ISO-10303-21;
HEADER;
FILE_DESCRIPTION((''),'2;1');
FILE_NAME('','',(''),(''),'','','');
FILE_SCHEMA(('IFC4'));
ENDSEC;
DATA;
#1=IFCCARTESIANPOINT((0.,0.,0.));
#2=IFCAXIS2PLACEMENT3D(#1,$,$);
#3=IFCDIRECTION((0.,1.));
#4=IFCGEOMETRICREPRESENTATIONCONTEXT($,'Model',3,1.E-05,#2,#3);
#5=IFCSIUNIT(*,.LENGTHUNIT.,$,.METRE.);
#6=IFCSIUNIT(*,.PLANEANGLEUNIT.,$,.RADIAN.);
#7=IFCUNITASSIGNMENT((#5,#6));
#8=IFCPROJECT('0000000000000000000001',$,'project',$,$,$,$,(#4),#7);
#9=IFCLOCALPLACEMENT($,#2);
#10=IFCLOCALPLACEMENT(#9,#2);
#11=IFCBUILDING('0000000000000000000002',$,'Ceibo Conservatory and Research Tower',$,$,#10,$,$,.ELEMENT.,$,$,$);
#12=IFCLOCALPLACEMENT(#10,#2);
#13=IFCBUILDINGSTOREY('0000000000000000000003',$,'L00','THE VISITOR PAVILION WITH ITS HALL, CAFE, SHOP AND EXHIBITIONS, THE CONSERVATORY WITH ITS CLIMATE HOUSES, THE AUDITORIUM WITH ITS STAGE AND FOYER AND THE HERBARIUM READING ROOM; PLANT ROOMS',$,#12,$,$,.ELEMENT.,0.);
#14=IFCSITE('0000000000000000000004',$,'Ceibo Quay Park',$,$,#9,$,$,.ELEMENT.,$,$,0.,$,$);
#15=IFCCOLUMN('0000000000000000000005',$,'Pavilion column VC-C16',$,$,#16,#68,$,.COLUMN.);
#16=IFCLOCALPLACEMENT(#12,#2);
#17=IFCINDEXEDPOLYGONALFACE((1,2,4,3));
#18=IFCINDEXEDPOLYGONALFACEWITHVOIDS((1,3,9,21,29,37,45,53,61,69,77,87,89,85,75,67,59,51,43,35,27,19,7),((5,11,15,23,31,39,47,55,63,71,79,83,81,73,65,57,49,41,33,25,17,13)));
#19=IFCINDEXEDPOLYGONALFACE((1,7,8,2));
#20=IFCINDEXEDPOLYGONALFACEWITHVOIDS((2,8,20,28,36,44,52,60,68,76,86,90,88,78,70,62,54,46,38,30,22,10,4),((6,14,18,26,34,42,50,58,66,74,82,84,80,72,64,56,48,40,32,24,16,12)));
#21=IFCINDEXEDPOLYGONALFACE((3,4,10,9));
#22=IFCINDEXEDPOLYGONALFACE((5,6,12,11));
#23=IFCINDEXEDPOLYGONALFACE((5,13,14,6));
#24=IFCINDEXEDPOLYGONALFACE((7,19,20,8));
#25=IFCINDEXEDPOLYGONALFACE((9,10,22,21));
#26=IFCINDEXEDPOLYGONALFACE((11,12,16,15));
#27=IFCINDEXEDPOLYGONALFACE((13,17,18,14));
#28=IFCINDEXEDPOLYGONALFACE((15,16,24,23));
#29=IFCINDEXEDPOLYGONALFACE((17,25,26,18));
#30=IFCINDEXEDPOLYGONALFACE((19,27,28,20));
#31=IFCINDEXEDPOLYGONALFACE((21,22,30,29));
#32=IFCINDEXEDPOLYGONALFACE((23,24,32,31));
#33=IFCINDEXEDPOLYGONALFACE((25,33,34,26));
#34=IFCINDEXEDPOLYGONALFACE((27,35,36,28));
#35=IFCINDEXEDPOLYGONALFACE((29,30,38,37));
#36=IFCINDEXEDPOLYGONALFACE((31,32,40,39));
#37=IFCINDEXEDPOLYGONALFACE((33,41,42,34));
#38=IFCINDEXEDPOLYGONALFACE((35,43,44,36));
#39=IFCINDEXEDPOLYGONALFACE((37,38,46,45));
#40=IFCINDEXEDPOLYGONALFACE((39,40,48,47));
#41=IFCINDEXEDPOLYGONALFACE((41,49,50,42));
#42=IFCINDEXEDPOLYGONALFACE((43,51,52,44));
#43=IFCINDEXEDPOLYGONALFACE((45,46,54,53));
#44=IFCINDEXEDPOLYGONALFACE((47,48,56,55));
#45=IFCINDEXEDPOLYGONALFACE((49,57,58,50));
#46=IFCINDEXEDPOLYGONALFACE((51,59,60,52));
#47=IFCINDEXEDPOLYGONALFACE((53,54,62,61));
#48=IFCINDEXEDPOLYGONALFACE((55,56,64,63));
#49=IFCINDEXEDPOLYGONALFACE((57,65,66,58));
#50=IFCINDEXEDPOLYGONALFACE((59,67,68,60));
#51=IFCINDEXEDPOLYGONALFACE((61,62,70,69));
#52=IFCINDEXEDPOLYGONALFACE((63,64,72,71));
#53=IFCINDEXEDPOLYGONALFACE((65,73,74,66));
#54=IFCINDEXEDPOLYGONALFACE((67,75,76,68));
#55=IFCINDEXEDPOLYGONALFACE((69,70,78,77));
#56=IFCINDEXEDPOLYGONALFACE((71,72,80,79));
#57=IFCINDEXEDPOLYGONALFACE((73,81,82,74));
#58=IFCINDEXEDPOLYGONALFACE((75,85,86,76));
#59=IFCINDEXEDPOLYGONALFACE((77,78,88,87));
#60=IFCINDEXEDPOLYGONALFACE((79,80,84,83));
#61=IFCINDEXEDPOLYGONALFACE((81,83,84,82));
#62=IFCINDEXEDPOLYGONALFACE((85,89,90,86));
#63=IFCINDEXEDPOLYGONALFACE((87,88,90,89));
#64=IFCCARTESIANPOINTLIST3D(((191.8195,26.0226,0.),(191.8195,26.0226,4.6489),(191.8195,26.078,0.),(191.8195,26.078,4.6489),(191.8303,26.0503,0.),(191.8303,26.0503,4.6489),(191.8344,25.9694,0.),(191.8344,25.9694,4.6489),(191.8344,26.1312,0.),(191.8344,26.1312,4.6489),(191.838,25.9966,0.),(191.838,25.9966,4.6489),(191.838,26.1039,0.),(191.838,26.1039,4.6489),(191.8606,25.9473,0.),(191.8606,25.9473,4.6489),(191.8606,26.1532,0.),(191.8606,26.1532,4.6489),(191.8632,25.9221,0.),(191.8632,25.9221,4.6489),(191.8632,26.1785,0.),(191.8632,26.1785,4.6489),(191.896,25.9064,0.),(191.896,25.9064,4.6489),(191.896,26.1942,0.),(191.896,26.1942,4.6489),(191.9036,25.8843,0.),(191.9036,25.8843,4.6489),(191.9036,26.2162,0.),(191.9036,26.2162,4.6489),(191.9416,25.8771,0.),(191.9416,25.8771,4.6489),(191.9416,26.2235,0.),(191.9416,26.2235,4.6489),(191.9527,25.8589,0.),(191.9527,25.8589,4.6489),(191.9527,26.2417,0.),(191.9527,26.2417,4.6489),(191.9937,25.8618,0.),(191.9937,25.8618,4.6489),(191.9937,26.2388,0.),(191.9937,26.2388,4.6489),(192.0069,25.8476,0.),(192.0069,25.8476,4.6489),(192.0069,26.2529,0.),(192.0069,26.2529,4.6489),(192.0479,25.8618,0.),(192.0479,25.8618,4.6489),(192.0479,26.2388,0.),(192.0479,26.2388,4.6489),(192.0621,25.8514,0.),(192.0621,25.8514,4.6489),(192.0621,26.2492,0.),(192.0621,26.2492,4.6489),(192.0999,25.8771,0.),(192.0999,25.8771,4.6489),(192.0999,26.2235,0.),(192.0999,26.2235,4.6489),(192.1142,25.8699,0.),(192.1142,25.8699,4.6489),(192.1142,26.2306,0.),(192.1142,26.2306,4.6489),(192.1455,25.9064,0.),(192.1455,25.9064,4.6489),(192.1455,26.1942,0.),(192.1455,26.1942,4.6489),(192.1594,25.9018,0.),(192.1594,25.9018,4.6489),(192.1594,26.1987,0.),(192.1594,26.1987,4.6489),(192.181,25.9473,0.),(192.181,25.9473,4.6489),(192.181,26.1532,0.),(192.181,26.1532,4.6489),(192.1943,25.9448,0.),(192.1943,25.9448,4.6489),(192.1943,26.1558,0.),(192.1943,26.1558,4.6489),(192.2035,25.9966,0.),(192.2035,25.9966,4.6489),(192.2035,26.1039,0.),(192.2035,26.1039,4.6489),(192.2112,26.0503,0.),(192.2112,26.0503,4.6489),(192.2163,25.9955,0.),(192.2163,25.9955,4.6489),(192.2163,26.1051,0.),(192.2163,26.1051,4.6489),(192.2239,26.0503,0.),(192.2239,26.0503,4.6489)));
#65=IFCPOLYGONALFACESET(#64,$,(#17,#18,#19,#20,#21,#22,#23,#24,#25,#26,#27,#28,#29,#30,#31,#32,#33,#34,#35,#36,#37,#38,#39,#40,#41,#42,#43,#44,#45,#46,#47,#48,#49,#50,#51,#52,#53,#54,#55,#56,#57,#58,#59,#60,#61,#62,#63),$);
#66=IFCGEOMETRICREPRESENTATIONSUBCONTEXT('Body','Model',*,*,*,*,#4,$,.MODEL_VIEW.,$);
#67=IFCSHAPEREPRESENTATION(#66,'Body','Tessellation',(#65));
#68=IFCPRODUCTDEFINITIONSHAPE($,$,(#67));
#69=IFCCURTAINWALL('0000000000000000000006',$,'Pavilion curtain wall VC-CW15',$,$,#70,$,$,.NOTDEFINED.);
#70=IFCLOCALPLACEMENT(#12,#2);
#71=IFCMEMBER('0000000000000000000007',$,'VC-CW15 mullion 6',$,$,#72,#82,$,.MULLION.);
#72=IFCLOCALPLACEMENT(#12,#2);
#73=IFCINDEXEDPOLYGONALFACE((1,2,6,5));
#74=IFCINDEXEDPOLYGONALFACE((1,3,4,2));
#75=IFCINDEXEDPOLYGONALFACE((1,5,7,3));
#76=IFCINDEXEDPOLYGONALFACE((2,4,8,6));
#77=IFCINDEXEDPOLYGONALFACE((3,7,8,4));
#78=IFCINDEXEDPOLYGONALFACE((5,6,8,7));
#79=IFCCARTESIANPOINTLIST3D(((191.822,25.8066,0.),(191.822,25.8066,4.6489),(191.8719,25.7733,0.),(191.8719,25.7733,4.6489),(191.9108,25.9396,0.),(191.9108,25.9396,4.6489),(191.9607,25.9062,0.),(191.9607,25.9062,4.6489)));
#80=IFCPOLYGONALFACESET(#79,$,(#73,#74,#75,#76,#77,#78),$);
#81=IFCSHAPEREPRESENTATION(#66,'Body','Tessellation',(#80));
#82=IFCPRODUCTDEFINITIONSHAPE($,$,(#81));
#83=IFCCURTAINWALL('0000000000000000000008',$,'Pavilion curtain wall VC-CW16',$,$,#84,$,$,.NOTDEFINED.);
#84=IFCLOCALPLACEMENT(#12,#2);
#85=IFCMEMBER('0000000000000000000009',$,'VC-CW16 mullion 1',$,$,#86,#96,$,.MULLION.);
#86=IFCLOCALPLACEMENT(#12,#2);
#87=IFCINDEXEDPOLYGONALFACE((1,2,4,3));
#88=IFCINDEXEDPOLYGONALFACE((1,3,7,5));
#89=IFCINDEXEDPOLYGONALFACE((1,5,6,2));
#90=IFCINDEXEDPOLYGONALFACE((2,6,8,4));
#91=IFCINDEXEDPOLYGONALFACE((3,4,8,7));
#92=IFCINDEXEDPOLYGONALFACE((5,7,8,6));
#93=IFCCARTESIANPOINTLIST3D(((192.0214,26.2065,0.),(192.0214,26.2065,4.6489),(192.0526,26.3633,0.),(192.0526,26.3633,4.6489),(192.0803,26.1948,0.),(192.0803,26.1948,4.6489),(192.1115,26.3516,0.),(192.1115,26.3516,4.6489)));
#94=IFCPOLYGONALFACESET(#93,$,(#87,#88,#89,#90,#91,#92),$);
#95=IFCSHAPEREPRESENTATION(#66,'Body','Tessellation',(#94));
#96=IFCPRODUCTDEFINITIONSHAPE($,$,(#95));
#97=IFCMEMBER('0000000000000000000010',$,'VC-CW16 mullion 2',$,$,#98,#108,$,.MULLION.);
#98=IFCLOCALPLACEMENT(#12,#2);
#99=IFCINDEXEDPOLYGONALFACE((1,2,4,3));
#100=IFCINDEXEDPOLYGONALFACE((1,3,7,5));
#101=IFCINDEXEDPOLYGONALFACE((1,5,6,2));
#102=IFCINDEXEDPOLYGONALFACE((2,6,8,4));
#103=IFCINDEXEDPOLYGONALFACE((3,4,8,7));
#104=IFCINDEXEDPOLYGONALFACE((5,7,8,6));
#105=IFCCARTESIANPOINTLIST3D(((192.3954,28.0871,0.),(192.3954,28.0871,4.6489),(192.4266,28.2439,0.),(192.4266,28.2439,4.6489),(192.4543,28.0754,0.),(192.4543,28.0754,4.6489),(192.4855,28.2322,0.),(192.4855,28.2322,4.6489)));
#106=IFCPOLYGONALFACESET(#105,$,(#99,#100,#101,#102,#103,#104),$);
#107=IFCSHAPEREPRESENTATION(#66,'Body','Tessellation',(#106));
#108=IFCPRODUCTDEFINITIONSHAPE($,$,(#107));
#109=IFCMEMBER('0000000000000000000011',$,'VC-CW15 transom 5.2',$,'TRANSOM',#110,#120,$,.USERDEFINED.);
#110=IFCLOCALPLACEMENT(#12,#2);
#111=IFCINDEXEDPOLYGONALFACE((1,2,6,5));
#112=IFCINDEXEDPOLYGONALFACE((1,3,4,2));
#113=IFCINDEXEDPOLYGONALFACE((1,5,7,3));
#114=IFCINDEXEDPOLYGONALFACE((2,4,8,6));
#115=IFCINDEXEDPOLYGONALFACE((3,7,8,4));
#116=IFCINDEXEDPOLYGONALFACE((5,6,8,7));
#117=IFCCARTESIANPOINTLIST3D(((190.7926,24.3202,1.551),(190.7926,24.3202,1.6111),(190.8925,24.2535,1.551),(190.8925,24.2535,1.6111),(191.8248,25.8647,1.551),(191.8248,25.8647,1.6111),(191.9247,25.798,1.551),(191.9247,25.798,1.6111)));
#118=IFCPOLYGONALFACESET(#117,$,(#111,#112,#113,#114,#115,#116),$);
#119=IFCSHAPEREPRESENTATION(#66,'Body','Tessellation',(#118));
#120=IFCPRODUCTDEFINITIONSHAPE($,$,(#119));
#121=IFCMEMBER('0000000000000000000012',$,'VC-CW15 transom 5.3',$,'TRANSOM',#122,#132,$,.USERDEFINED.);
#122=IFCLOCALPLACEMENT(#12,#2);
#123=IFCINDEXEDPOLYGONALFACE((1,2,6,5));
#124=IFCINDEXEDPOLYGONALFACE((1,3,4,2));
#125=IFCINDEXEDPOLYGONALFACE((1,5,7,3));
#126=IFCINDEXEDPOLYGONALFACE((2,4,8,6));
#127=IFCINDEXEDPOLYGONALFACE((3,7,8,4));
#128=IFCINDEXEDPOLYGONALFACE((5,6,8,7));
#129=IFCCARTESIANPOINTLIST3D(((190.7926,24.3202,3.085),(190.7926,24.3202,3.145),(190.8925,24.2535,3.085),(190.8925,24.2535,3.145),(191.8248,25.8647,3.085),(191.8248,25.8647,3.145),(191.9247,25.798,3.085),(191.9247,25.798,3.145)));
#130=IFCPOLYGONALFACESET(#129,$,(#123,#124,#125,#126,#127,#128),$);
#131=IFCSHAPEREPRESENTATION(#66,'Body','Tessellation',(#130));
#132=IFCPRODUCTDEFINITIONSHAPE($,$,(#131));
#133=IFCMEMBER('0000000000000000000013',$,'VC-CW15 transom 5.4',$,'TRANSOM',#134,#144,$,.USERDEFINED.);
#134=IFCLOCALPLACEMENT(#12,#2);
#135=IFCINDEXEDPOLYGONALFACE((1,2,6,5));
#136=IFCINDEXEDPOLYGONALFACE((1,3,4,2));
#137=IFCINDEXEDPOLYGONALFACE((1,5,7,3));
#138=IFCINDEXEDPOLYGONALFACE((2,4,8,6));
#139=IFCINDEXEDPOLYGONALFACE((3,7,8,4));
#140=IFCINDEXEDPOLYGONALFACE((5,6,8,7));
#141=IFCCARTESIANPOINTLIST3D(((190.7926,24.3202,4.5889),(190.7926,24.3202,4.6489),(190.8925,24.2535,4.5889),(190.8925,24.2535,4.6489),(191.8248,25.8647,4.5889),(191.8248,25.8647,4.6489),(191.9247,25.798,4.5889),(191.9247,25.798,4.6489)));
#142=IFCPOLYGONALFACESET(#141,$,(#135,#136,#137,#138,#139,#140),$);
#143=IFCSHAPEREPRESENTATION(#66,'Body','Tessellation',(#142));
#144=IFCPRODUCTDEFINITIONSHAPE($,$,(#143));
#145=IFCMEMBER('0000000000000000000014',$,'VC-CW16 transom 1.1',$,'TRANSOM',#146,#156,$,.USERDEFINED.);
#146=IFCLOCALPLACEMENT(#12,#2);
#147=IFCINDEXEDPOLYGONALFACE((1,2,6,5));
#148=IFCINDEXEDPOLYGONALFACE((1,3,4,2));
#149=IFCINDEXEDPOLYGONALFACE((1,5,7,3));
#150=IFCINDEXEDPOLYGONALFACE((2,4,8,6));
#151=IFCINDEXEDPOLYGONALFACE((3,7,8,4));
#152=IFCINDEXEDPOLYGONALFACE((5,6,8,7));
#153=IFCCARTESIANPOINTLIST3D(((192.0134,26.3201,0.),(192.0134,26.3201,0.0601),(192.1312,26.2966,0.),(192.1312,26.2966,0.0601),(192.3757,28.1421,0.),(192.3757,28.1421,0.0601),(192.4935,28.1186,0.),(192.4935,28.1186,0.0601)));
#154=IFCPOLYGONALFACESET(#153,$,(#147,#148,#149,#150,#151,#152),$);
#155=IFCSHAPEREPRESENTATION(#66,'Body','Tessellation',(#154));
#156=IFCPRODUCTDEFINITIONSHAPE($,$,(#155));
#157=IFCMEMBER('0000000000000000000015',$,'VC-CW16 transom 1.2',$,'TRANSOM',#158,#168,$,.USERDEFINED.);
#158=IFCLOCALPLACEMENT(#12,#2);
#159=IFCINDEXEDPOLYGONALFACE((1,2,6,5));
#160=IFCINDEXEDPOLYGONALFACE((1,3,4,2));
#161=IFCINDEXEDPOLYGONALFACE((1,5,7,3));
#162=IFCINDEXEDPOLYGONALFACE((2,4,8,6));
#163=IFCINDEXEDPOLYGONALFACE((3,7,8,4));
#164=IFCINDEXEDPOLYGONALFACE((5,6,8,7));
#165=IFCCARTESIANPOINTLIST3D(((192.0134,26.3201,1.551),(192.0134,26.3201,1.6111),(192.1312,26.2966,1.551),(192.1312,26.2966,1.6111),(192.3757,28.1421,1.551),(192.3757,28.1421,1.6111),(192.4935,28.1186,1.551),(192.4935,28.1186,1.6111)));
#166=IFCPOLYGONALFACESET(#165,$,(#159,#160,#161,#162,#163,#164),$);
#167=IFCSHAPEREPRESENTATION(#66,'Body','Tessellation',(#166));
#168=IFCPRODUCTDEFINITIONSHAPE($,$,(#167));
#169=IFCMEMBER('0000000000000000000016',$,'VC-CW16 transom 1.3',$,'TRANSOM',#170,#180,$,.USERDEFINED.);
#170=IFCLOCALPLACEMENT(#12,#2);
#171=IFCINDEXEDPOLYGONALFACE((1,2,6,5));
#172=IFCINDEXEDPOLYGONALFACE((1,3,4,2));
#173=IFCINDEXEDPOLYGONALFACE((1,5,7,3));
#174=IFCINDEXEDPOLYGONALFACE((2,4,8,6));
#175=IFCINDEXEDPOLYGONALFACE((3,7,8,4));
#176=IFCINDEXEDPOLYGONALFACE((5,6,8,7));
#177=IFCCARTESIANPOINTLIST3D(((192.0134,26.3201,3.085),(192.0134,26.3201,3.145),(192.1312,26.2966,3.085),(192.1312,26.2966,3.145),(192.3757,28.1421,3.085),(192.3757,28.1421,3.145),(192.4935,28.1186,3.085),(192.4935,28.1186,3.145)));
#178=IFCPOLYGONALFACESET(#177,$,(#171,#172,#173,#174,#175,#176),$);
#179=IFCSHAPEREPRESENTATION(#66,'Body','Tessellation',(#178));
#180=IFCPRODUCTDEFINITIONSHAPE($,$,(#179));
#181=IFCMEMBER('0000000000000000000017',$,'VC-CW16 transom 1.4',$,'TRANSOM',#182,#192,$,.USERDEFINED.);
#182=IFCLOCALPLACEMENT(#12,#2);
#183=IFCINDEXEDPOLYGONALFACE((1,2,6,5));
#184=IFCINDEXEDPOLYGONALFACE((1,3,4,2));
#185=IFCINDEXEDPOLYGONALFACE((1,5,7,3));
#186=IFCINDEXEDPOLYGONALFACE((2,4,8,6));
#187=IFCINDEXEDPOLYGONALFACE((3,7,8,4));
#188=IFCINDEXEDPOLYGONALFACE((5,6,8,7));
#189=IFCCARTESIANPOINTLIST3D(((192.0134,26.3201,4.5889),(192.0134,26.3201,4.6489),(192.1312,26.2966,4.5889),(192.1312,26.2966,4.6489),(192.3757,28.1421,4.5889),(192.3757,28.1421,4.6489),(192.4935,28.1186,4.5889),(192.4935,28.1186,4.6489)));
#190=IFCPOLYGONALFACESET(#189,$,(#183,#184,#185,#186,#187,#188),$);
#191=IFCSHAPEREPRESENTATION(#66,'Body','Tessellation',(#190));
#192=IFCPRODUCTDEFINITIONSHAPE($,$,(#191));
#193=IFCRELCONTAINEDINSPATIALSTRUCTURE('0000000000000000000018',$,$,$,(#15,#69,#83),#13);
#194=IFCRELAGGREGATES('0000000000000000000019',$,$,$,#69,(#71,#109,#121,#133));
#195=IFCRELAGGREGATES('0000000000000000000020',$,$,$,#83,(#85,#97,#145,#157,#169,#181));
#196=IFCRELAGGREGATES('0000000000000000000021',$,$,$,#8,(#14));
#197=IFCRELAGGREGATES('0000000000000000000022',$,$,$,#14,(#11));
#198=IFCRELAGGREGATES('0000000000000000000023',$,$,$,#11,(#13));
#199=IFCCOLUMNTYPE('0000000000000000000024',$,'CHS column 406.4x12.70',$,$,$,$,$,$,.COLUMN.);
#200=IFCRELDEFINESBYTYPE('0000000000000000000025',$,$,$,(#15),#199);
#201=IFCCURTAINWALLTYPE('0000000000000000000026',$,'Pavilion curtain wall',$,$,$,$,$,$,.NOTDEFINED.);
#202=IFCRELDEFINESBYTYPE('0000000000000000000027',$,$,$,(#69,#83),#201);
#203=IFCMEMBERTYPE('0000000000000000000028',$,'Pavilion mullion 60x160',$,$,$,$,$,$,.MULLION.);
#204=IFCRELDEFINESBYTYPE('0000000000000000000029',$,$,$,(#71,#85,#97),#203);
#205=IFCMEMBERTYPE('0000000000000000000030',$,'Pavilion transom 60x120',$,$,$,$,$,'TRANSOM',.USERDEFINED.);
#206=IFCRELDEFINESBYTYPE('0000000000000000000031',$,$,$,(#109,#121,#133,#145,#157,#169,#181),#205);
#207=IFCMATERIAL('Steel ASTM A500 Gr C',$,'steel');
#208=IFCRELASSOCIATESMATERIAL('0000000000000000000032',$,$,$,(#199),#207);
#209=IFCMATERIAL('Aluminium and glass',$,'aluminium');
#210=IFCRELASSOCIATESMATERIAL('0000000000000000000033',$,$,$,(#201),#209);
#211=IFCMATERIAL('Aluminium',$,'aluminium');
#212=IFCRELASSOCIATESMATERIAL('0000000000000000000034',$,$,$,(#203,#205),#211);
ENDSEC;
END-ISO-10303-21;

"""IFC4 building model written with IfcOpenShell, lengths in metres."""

from ifc_helpers import new_model, si_unit, direction, frame, origin, origin_2d, place, context, subcontext, project, spatial, rectangle, hollow_circle, extrude, material, material_profile, profile_set, type_object, element, aggregate, save


model = new_model("IFC4")

# Units and contexts
model_context = context("Model", 3, precision=1e-05, world=origin(), true_north=direction((0.0, 1.0)))
body_context = subcontext(model_context, "Body", "Model", "MODEL_VIEW")
ifc_project = project(units=[si_unit("LENGTHUNIT", "METRE"), si_unit("PLANEANGLEUNIT", "RADIAN")], contexts=[model_context])

# Site, building, storey
site_placement = place(None, origin())
site = spatial("IfcSite", under=ifc_project, at=site_placement, Name="Ceibo Quay Park", CompositionType="ELEMENT", RefElevation=0.0)
building_placement = place(site_placement, origin())
building = spatial("IfcBuilding", under=site, at=building_placement, Name="Ceibo Conservatory and Research Tower", CompositionType="ELEMENT")
storey_placement = place(building_placement, origin())
storey = spatial("IfcBuildingStorey", under=building, at=storey_placement, Name="L00", Description="THE VISITOR PAVILION WITH ITS HALL, CAFE, SHOP AND EXHIBITIONS, THE CONSERVATORY WITH ITS CLIMATE HOUSES, THE AUDITORIUM WITH ITS STAGE AND FOYER AND THE HERBARIUM READING ROOM; PLANT ROOMS", CompositionType="ELEMENT", Elevation=0.0)

# Column
ifc_material_1 = material(Name="Steel ASTM A500 Gr C", Category="steel")
ifc_material_profile_1 = material_profile(ifc_material_1, hollow_circle(Radius=0.2031, WallThickness=0.0127, at=origin_2d()), Name="CHS column 406.4x12.70")
ifc_profile_set_1 = profile_set([ifc_material_profile_1], Name="Steel ASTM A500 Gr C")
column_type_1 = type_object("IfcColumnType", Name="CHS column 406.4x12.70", PredefinedType="COLUMN", material=ifc_profile_set_1)
column_1_placement = place(storey_placement, frame((192.0208, 26.0503, 0.0), z_axis=(0.0, 0.0, 1.0), x_axis=(1.0, 0.0, 0.0)))
element("IfcColumn", 1, at=column_1_placement, inside=storey, type_object=column_type_1, Name="Pavilion column VC-C16", PredefinedType="COLUMN", context=body_context, shape_type="SweptSolid", body=[
    extrude(hollow_circle(Radius=0.2031, WallThickness=0.0127, at=origin_2d()), origin(), (0.0, 0.0, 1.0), 4.6489),
])

# Curtain wall, member
ifc_material_2 = material(Name="Aluminium and glass", Category="aluminium")
curtain_wall_type = type_object("IfcCurtainWallType", Name="Pavilion curtain wall", PredefinedType="NOTDEFINED", material=ifc_material_2)
curtain_wall_1_placement = place(storey_placement, origin())
curtain_wall_1 = element("IfcCurtainWall", 2, at=curtain_wall_1_placement, inside=storey, type_object=curtain_wall_type, Name="Pavilion curtain wall VC-CW15", PredefinedType="NOTDEFINED")
ifc_material_3 = material(Name="Aluminium", Category="aluminium")
ifc_material_profile_2 = material_profile(ifc_material_3, rectangle(XDim=0.0601, YDim=0.1599, at=origin_2d()), Name="AL 60x160")
ifc_profile_set_2 = profile_set([ifc_material_profile_2], Name="Aluminium")
member_type_1 = type_object("IfcMemberType", Name="Pavilion mullion 60x160", PredefinedType="MULLION", material=ifc_profile_set_2)
member_1_placement = place(storey_placement, frame((191.8914, 25.8564, 0.0), z_axis=(0.0, 0.0, 1.0), x_axis=(-0.83147, 0.55557, 0.0)))
member_1 = element("IfcMember", 3, at=member_1_placement, type_object=member_type_1, Name="VC-CW15 mullion 6", PredefinedType="MULLION", context=body_context, shape_type="SweptSolid", body=[
    extrude(rectangle(XDim=0.0601, YDim=0.1599, at=origin_2d()), origin(), (0.0, 0.0, 1.0), 4.6489),
])

# Curtain wall, members
curtain_wall_2_placement = place(storey_placement, origin())
curtain_wall_2 = element("IfcCurtainWall", 4, at=curtain_wall_2_placement, inside=storey, type_object=curtain_wall_type, Name="Pavilion curtain wall VC-CW16", PredefinedType="NOTDEFINED")
member_2_placement = place(storey_placement, frame((192.0664, 26.2791, 0.0), z_axis=(0.0, 0.0, 1.0), x_axis=(-0.980785, 0.19509, 0.0)))
member_2 = element("IfcMember", 5, at=member_2_placement, type_object=member_type_1, Name="VC-CW16 mullion 1", PredefinedType="MULLION", context=body_context, shape_type="SweptSolid", body=[
    extrude(rectangle(XDim=0.0601, YDim=0.1599, at=origin_2d()), origin(), (0.0, 0.0, 1.0), 4.6489),
])
member_3_placement = place(storey_placement, frame((192.4404, 28.1597, 0.0), z_axis=(0.0, 0.0, 1.0), x_axis=(-0.980785, 0.19509, 0.0)))
member_3 = element("IfcMember", 6, at=member_3_placement, type_object=member_type_1, Name="VC-CW16 mullion 2", PredefinedType="MULLION", context=body_context, shape_type="SweptSolid", body=[
    extrude(rectangle(XDim=0.0601, YDim=0.1599, at=origin_2d()), origin(), (0.0, 0.0, 1.0), 4.6489),
])

# Members
ifc_material_profile_3 = material_profile(ifc_material_3, rectangle(XDim=0.1201, YDim=0.0601, at=origin_2d()), Name="AL 60x120")
ifc_profile_set_3 = profile_set([ifc_material_profile_3], Name="Aluminium")
member_type_2 = type_object("IfcMemberType", Name="Pavilion transom 60x120", ElementType="TRANSOM", PredefinedType="USERDEFINED", material=ifc_profile_set_3)
member_4_placement = place(storey_placement, frame((190.8425, 24.2869, 1.5811), z_axis=(0.55567, 0.831403, 0.0), x_axis=(-0.831403, 0.55567, 0.0)))
member_4 = element("IfcMember", 7, at=member_4_placement, type_object=member_type_2, Name="VC-CW15 transom 5.2", ObjectType="TRANSOM", PredefinedType="USERDEFINED", context=body_context, shape_type="SweptSolid", body=[
    extrude(rectangle(XDim=0.1201, YDim=0.0601, at=origin_2d()), origin(), (0.0, 0.0, 1.0), 1.8577),
])
member_5_placement = place(storey_placement, frame((190.8425, 24.2869, 3.115), z_axis=(0.55567, 0.831403, 0.0), x_axis=(-0.831403, 0.55567, 0.0)))
member_5 = element("IfcMember", 8, at=member_5_placement, type_object=member_type_2, Name="VC-CW15 transom 5.3", ObjectType="TRANSOM", PredefinedType="USERDEFINED", context=body_context, shape_type="SweptSolid", body=[
    extrude(rectangle(XDim=0.1201, YDim=0.0601, at=origin_2d()), origin(), (0.0, 0.0, 1.0), 1.8577),
])
member_6_placement = place(storey_placement, frame((190.8425, 24.2869, 4.6189), z_axis=(0.55567, 0.831403, 0.0), x_axis=(-0.831403, 0.55567, 0.0)))
member_6 = element("IfcMember", 9, at=member_6_placement, type_object=member_type_2, Name="VC-CW15 transom 5.4", ObjectType="TRANSOM", PredefinedType="USERDEFINED", context=body_context, shape_type="SweptSolid", body=[
    extrude(rectangle(XDim=0.1201, YDim=0.0601, at=origin_2d()), origin(), (0.0, 0.0, 1.0), 1.8577),
])
member_7_placement = place(storey_placement, frame((192.0723, 26.3083, 0.03), z_axis=(0.195029, 0.980797, 0.0), x_axis=(-0.980797, 0.195029, 0.0)))
member_7 = element("IfcMember", 10, at=member_7_placement, type_object=member_type_2, Name="VC-CW16 transom 1.1", ObjectType="TRANSOM", PredefinedType="USERDEFINED", context=body_context, shape_type="SweptSolid", body=[
    extrude(rectangle(XDim=0.1201, YDim=0.0601, at=origin_2d()), origin(), (0.0, 0.0, 1.0), 1.8577),
])
member_8_placement = place(storey_placement, frame((192.0723, 26.3083, 1.5811), z_axis=(0.195029, 0.980797, 0.0), x_axis=(-0.980797, 0.195029, 0.0)))
member_8 = element("IfcMember", 11, at=member_8_placement, type_object=member_type_2, Name="VC-CW16 transom 1.2", ObjectType="TRANSOM", PredefinedType="USERDEFINED", context=body_context, shape_type="SweptSolid", body=[
    extrude(rectangle(XDim=0.1201, YDim=0.0601, at=origin_2d()), origin(), (0.0, 0.0, 1.0), 1.8577),
])
member_9_placement = place(storey_placement, frame((192.0723, 26.3083, 3.115), z_axis=(0.195029, 0.980797, 0.0), x_axis=(-0.980797, 0.195029, 0.0)))
member_9 = element("IfcMember", 12, at=member_9_placement, type_object=member_type_2, Name="VC-CW16 transom 1.3", ObjectType="TRANSOM", PredefinedType="USERDEFINED", context=body_context, shape_type="SweptSolid", body=[
    extrude(rectangle(XDim=0.1201, YDim=0.0601, at=origin_2d()), origin(), (0.0, 0.0, 1.0), 1.8577),
])
member_10_placement = place(storey_placement, frame((192.0723, 26.3083, 4.6189), z_axis=(0.195029, 0.980797, 0.0), x_axis=(-0.980797, 0.195029, 0.0)))
member_10 = element("IfcMember", 13, at=member_10_placement, type_object=member_type_2, Name="VC-CW16 transom 1.4", ObjectType="TRANSOM", PredefinedType="USERDEFINED", context=body_context, shape_type="SweptSolid", body=[
    extrude(rectangle(XDim=0.1201, YDim=0.0601, at=origin_2d()), origin(), (0.0, 0.0, 1.0), 1.8577),
])

aggregate(curtain_wall_1, [member_1, member_4, member_5, member_6])
aggregate(curtain_wall_2, [member_2, member_3, member_7, member_8, member_9, member_10])

save(model, "model.ifc")
